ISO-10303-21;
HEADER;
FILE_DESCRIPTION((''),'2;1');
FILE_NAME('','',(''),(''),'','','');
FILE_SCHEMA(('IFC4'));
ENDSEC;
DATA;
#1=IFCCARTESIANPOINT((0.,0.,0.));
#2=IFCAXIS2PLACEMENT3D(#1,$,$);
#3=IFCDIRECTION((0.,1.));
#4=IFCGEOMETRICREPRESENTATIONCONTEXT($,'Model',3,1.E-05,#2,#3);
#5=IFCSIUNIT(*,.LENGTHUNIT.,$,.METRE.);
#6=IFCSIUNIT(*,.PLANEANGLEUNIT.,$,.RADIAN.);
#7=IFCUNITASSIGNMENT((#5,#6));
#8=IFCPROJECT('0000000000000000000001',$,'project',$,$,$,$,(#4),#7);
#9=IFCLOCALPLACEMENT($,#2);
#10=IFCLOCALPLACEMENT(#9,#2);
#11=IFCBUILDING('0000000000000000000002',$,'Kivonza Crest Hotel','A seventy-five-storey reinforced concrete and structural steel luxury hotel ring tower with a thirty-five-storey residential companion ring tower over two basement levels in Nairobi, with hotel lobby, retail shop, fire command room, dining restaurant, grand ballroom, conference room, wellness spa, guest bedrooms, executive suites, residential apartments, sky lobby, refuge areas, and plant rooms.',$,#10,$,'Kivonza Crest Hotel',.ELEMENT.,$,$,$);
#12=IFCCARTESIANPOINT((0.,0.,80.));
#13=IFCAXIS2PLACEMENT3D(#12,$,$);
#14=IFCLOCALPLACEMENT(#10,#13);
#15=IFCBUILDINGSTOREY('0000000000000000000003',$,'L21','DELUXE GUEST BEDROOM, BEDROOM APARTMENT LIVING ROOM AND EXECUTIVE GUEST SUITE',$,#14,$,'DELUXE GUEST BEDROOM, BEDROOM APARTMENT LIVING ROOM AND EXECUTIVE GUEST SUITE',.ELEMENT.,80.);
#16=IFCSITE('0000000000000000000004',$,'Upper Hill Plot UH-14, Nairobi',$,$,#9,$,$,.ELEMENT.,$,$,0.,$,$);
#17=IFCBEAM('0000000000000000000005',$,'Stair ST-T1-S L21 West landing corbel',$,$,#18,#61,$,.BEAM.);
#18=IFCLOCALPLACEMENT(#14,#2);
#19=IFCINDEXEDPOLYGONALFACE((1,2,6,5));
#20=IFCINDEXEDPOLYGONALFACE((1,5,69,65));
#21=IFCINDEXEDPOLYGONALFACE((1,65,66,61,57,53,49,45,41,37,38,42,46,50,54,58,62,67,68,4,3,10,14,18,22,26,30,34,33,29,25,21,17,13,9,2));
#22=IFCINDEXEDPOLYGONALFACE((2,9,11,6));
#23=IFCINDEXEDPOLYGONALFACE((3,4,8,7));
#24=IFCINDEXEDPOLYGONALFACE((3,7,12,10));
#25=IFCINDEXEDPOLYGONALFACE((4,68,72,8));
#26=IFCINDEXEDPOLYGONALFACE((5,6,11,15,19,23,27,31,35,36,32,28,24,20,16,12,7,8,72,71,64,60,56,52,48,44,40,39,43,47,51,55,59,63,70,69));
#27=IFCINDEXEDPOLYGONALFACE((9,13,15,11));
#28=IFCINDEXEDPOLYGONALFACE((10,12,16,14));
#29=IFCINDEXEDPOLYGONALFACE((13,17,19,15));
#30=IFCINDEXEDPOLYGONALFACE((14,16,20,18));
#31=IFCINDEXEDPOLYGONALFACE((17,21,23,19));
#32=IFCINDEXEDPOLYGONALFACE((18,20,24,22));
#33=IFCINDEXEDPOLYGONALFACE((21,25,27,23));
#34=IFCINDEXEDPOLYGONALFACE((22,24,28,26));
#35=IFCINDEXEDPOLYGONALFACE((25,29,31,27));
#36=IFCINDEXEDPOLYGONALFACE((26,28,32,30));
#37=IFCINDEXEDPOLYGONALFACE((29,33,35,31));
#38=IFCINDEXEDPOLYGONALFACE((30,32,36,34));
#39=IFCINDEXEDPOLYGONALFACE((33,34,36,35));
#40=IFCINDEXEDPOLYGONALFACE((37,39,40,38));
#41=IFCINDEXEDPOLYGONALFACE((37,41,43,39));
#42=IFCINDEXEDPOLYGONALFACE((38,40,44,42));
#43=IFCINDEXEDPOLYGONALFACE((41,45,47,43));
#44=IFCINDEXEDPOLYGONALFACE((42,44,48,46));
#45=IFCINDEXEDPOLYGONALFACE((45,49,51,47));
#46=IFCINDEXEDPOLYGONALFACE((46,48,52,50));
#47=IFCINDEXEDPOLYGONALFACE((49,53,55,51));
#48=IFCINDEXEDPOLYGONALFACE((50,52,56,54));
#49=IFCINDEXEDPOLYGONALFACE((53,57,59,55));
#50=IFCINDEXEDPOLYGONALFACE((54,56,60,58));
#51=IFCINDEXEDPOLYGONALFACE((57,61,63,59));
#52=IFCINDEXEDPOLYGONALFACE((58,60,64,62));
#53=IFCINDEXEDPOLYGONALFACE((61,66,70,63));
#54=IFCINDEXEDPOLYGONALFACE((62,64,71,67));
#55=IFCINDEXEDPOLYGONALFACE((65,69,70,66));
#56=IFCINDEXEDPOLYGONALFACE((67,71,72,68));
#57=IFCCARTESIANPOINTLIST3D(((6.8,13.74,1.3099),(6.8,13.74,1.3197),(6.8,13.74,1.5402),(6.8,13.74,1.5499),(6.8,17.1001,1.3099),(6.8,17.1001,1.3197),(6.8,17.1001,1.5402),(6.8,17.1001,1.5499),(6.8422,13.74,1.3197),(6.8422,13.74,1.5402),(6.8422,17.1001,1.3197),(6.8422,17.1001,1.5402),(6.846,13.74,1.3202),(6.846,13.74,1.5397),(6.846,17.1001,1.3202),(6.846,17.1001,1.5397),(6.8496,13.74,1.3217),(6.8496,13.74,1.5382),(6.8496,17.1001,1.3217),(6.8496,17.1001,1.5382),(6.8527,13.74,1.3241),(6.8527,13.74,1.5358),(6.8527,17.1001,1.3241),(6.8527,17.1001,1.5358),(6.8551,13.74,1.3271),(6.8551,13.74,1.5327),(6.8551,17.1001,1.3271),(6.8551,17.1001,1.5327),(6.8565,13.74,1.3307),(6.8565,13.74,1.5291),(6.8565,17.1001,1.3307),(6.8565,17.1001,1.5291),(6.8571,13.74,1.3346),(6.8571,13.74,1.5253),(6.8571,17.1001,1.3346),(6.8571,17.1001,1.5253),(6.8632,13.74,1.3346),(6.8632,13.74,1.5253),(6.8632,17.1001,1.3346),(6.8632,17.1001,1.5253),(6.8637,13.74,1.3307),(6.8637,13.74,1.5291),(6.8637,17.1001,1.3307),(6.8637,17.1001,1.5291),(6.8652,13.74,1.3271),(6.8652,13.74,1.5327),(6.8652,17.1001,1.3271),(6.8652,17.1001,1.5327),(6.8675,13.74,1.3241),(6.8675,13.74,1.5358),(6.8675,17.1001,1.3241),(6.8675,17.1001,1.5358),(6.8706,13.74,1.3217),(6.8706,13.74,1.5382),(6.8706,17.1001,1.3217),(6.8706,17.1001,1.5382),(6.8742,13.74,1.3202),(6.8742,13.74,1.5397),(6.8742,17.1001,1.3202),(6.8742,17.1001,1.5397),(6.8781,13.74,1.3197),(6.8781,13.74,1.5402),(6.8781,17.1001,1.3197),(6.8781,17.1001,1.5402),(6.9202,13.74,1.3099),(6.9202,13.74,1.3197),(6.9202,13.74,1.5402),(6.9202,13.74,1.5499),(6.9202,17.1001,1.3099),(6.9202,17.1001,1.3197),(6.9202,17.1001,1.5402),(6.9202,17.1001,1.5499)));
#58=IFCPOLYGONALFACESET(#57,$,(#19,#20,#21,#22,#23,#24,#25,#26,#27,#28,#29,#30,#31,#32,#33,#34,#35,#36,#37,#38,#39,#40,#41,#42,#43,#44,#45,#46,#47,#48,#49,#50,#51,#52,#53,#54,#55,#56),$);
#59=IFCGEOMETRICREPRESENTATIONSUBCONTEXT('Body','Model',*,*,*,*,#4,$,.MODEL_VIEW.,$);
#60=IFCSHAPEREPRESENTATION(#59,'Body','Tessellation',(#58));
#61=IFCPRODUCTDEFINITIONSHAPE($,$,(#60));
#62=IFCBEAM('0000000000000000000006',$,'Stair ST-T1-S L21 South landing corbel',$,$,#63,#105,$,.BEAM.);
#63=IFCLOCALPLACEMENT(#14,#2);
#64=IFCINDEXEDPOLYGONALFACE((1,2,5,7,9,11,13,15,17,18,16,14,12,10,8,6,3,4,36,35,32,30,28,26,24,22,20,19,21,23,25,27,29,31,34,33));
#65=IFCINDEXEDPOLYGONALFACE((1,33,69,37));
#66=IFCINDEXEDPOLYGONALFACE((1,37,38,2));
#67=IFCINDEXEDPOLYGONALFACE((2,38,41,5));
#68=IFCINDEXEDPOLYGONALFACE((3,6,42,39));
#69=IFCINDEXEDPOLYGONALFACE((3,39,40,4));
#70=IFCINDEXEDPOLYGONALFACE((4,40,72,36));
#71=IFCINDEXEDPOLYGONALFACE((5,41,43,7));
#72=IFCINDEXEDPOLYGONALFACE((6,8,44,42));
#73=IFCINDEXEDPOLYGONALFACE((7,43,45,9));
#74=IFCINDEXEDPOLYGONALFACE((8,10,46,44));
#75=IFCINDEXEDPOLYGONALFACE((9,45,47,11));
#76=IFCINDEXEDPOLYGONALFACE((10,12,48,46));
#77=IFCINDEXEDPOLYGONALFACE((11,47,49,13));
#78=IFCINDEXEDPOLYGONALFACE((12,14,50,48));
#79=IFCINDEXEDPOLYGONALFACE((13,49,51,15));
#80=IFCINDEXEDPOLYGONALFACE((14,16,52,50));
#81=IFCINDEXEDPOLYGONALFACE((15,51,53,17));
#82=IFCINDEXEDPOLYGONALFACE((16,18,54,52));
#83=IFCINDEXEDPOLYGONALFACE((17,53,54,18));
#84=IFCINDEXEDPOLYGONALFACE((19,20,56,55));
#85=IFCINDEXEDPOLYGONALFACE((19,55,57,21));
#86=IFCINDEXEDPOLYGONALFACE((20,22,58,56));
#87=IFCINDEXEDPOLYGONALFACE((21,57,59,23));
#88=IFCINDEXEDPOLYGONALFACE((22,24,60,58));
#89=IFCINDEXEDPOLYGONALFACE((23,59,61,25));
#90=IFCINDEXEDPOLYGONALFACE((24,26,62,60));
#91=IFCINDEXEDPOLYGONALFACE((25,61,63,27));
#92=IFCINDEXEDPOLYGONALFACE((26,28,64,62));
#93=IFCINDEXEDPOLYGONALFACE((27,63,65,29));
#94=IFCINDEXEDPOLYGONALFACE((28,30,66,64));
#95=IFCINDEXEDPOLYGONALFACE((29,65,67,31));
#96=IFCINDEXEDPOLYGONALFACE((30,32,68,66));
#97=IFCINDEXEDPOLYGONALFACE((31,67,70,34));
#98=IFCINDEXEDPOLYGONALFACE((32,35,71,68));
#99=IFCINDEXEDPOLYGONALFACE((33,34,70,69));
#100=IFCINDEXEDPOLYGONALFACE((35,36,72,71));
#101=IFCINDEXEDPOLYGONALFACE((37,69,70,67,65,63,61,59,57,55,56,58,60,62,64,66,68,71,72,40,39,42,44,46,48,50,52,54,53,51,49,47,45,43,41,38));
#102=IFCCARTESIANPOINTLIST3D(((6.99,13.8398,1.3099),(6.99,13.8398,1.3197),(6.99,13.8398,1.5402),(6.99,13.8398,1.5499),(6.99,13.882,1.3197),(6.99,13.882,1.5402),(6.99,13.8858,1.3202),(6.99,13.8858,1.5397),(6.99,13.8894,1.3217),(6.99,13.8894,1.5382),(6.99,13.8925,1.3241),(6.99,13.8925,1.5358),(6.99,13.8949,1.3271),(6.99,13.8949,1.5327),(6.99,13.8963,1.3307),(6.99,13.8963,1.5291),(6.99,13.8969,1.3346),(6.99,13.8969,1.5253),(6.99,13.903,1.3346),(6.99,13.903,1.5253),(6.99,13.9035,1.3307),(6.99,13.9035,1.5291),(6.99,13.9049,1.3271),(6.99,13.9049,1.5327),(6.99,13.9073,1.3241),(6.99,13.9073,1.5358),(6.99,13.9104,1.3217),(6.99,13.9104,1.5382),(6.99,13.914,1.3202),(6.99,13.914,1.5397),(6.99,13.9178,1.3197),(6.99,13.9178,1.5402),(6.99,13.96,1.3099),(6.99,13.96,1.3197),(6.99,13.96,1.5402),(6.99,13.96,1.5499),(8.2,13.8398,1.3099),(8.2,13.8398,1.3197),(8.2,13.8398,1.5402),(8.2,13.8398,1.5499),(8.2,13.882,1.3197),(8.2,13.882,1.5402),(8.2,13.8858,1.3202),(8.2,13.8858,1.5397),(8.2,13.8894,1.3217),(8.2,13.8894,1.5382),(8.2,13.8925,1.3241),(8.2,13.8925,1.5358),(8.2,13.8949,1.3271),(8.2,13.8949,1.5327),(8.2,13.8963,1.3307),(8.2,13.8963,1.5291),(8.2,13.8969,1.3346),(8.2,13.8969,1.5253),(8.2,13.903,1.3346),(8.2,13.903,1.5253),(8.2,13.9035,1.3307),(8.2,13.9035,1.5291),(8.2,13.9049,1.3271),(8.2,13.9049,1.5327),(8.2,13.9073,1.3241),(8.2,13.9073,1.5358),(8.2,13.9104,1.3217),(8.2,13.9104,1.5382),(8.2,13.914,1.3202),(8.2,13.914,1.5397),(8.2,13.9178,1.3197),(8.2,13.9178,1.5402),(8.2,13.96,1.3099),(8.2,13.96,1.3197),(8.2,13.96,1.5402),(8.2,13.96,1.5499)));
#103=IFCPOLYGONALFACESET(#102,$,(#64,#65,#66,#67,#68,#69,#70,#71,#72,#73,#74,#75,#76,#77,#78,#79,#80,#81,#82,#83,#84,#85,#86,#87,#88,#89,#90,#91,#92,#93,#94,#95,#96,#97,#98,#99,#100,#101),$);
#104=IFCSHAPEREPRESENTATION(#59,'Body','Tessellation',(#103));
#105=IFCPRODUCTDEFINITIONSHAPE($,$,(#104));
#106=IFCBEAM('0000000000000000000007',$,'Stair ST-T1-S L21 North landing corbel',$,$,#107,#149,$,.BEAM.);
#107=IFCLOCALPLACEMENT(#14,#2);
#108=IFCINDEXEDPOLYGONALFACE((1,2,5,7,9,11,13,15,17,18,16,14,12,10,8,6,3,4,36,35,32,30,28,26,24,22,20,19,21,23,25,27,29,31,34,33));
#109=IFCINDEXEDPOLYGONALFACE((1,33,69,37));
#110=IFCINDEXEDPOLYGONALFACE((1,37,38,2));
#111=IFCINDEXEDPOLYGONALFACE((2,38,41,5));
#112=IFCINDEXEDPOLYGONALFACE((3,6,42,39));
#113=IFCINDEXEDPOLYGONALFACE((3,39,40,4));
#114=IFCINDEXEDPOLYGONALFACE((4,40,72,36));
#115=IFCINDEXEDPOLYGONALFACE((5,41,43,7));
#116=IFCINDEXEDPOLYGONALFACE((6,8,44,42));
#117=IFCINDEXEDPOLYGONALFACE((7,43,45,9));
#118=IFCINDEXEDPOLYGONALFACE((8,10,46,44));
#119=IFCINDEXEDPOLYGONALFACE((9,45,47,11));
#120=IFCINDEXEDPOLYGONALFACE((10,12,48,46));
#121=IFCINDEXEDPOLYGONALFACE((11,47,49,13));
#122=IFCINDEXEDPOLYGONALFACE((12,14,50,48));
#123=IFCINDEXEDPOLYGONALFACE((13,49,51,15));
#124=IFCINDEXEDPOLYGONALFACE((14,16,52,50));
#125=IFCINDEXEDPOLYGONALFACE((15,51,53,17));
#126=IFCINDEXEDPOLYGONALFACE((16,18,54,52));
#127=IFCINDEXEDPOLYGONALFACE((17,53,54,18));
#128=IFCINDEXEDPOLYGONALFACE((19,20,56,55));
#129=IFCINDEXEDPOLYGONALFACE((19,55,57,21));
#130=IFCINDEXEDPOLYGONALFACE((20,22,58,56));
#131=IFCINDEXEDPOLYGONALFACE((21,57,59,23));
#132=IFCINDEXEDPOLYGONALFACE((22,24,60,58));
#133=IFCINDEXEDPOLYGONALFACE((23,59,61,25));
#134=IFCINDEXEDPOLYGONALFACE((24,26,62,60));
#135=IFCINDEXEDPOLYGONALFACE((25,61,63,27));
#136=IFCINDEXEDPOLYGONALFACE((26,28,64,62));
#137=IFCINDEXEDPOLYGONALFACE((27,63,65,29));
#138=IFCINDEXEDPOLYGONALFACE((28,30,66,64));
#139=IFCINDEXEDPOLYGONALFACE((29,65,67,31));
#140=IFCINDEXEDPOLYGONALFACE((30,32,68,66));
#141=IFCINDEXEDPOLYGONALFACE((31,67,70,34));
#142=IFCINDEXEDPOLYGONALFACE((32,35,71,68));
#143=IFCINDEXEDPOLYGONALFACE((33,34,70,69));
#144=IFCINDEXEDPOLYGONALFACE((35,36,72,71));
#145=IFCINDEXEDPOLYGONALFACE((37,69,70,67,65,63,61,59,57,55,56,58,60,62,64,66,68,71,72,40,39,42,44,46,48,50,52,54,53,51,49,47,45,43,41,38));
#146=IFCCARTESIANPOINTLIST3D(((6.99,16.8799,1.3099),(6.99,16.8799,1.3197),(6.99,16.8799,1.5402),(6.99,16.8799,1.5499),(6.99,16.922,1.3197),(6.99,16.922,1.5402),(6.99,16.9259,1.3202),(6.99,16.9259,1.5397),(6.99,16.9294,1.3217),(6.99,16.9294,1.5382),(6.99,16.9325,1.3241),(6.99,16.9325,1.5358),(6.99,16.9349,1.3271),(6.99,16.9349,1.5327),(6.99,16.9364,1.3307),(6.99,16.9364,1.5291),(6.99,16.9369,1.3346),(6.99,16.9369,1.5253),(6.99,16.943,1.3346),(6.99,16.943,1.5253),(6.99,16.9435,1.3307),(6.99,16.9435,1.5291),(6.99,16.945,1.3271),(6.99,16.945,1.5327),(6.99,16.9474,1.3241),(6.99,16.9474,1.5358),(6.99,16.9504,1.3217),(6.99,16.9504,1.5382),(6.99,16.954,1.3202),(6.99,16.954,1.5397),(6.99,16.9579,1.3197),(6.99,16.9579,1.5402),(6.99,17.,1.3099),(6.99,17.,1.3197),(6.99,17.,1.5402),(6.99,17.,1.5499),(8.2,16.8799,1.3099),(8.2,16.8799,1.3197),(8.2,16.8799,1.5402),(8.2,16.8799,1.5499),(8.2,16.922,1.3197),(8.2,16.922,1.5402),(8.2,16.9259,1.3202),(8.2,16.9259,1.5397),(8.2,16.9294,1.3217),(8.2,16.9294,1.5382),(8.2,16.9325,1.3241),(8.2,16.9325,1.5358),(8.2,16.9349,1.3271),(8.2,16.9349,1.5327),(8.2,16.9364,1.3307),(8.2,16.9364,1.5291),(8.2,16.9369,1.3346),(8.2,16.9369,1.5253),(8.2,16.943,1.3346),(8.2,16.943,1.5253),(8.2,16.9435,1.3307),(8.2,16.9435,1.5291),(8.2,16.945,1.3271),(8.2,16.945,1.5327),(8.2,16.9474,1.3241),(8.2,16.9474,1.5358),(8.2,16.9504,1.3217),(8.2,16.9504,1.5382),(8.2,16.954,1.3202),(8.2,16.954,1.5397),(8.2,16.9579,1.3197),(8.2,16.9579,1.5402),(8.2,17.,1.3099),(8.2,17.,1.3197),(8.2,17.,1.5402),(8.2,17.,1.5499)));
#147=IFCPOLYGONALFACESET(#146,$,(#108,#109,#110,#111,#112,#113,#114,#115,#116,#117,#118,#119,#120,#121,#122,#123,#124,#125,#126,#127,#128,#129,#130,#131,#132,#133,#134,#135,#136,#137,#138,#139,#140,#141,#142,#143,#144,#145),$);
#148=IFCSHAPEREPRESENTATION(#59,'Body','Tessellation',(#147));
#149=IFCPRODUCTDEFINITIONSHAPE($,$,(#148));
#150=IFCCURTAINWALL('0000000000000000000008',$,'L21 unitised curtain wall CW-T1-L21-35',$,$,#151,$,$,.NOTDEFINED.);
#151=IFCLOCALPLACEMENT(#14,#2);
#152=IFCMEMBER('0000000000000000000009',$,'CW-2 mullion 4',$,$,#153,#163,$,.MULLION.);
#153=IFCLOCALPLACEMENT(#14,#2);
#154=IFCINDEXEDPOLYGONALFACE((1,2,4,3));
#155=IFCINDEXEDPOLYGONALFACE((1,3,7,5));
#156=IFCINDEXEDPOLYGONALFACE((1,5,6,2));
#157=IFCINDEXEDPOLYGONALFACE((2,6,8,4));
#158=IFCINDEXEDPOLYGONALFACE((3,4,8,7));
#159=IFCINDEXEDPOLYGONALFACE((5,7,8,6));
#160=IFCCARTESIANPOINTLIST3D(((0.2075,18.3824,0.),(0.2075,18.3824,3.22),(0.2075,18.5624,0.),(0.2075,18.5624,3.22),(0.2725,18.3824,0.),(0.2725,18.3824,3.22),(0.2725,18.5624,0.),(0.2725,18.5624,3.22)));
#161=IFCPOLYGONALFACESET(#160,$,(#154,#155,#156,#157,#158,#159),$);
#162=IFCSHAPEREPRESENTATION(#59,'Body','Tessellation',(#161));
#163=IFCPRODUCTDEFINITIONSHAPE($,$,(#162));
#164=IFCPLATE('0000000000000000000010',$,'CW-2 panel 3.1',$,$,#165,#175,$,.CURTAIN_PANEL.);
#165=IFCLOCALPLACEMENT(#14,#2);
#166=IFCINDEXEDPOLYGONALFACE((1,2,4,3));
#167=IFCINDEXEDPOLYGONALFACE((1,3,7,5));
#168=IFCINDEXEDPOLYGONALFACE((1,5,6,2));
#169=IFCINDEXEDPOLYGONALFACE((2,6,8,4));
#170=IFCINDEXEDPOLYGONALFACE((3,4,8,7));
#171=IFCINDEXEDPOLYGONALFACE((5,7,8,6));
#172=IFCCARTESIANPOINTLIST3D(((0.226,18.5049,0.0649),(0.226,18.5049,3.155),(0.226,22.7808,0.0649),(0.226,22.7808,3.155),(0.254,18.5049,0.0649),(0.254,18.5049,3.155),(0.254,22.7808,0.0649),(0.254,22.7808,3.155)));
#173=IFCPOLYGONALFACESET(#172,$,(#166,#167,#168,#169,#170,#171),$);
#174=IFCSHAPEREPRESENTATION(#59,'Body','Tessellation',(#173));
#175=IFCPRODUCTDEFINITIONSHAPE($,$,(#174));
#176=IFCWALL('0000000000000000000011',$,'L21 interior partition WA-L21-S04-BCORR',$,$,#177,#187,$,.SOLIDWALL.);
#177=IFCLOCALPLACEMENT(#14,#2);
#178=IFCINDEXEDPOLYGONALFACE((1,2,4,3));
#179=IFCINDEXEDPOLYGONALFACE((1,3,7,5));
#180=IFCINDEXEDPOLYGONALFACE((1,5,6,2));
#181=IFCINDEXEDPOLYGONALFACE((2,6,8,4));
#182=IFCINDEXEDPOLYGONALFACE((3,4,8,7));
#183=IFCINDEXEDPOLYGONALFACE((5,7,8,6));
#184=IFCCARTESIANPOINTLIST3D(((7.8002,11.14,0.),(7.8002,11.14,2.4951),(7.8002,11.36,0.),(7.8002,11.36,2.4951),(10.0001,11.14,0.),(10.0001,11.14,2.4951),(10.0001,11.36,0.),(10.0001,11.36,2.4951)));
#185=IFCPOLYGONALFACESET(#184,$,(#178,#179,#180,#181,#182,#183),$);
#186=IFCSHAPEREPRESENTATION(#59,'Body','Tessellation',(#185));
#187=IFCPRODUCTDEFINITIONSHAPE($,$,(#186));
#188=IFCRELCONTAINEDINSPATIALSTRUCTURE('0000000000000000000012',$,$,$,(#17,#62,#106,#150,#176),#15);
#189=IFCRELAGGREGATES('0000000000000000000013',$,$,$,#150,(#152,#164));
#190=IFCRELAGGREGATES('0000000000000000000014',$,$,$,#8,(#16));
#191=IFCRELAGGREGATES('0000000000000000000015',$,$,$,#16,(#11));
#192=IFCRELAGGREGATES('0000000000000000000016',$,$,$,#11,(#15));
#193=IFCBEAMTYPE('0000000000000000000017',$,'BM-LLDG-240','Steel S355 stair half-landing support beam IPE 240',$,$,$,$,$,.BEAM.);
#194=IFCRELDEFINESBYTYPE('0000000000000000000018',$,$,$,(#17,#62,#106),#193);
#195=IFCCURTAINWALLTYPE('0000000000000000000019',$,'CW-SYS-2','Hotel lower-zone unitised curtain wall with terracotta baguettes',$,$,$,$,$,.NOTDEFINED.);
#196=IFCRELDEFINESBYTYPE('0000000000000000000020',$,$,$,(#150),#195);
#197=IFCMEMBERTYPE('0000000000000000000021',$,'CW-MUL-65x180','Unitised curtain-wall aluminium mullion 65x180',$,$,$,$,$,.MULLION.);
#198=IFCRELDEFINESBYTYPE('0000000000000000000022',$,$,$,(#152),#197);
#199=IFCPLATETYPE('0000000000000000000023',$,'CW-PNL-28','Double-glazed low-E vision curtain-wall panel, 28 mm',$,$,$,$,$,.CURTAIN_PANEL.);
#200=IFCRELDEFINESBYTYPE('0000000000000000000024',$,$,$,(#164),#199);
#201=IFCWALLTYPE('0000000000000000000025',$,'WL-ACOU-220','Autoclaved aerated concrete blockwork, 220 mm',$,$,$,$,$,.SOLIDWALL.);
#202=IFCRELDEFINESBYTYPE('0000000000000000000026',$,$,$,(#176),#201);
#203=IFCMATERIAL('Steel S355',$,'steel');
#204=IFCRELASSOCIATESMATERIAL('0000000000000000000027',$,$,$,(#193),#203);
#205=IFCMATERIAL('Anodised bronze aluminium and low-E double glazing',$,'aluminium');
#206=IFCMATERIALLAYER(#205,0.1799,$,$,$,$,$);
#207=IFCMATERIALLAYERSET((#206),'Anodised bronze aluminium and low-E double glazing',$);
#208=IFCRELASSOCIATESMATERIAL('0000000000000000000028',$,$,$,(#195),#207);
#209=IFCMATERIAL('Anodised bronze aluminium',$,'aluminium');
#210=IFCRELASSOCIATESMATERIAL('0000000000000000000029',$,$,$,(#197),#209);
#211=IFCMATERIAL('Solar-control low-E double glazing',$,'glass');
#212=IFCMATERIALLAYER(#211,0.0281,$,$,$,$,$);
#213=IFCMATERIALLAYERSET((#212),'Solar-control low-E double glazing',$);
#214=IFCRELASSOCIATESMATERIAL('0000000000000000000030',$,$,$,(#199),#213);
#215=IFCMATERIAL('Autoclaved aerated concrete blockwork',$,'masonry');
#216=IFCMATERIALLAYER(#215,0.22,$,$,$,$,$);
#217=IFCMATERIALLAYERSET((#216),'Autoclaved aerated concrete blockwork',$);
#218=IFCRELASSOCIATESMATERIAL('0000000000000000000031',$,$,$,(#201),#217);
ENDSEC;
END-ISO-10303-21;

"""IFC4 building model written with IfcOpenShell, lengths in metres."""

from ifc_helpers import new_model, si_unit, direction, frame, frame_2d, origin, origin_2d, place, context, subcontext, project, spatial, rectangle, i_section, extrude, material, layer, layer_set, material_profile, profile_set, type_object, element, aggregate, save


model = new_model("IFC4")

# Units and contexts
model_context = context("Model", 3, precision=1e-05, world=origin(), true_north=direction((0.0, 1.0)))
body_context = subcontext(model_context, "Body", "Model", "MODEL_VIEW")
ifc_project = project(units=[si_unit("LENGTHUNIT", "METRE"), si_unit("PLANEANGLEUNIT", "RADIAN")], contexts=[model_context])

# Site, building, storey
site_placement = place(None, origin())
site = spatial("IfcSite", under=ifc_project, at=site_placement, Name="Upper Hill Plot UH-14, Nairobi", CompositionType="ELEMENT", RefElevation=0.0)
building_placement = place(site_placement, origin())
building = spatial("IfcBuilding", under=site, at=building_placement, Name="Kivonza Crest Hotel", Description="A seventy-five-storey reinforced concrete and structural steel luxury hotel ring tower with a thirty-five-storey residential companion ring tower over two basement levels in Nairobi, with hotel lobby, retail shop, fire command room, dining restaurant, grand ballroom, conference room, wellness spa, guest bedrooms, executive suites, residential apartments, sky lobby, refuge areas, and plant rooms.", LongName="Kivonza Crest Hotel", CompositionType="ELEMENT")
storey_placement = place(building_placement, frame((0.0, 0.0, 80.0)))
storey = spatial("IfcBuildingStorey", under=building, at=storey_placement, Name="L21", Description="DELUXE GUEST BEDROOM, BEDROOM APARTMENT LIVING ROOM AND EXECUTIVE GUEST SUITE", LongName="DELUXE GUEST BEDROOM, BEDROOM APARTMENT LIVING ROOM AND EXECUTIVE GUEST SUITE", CompositionType="ELEMENT", Elevation=80.0)

# Beams
ifc_material_1 = material(Name="Steel S355", Category="steel")
ifc_material_profile_1 = material_profile(ifc_material_1, i_section(OverallWidth=0.1201, OverallDepth=0.24, WebThickness=0.0061, FlangeThickness=0.0098, FilletRadius=0.0149, at=origin_2d()), Name="IPE 240")
ifc_profile_set_1 = profile_set([ifc_material_profile_1], Name="Steel S355")
beam_type_1 = type_object("IfcBeamType", Name="BM-LLDG-240", Description="Steel S355 stair half-landing support beam IPE 240", PredefinedType="BEAM", material=ifc_profile_set_1)
beam_1_placement = place(storey_placement, frame((6.8601, 13.74, 1.4299), z_axis=(0.0, 1.0, 0.0), x_axis=(-1.0, 0.0, 0.0)))
element("IfcBeam", 1, at=beam_1_placement, inside=storey, type_object=beam_type_1, Name="Stair ST-T1-S L21 West landing corbel", PredefinedType="BEAM", context=body_context, shape_type="SweptSolid", body=[
    extrude(i_section(OverallWidth=0.1201, OverallDepth=0.24, WebThickness=0.0061, FlangeThickness=0.0098, FilletRadius=0.0149, at=origin_2d()), origin(), (0.0, 0.0, 1.0), 3.3601),
])
for number, where, z_axis, x_axis, name in (
    (2, (6.99, 13.8999, 1.4299), (1.0, 0.0, 0.0), (0.0, 1.0, 0.0), "Stair ST-T1-S L21 South landing corbel"),
    (3, (6.99, 16.9399, 1.4299), (1.0, 0.0, 0.0), (0.0, 1.0, 0.0), "Stair ST-T1-S L21 North landing corbel"),
):
    element("IfcBeam", number, at=place(storey_placement, frame(where, z_axis=z_axis, x_axis=x_axis)), inside=storey, type_object=beam_type_1, Name=name, PredefinedType="BEAM", context=body_context, shape_type="SweptSolid", body=[
        extrude(i_section(OverallWidth=0.1201, OverallDepth=0.24, WebThickness=0.0061, FlangeThickness=0.0098, FilletRadius=0.0149, at=origin_2d()), origin(), (0.0, 0.0, 1.0), 1.21),
    ])

# Curtain wall, member, plate
ifc_material_2 = material(Name="Anodised bronze aluminium and low-E double glazing", Category="aluminium")
ifc_layer_1 = layer(ifc_material_2, 0.1799)
ifc_layer_set_1 = layer_set([ifc_layer_1], Name="Anodised bronze aluminium and low-E double glazing")
curtain_wall_type = type_object("IfcCurtainWallType", Name="CW-SYS-2", Description="Hotel lower-zone unitised curtain wall with terracotta baguettes", PredefinedType="NOTDEFINED", material=ifc_layer_set_1)
curtain_wall_placement = place(storey_placement, origin())
curtain_wall = element("IfcCurtainWall", 4, at=curtain_wall_placement, inside=storey, type_object=curtain_wall_type, Name="L21 unitised curtain wall CW-T1-L21-35", PredefinedType="NOTDEFINED")
ifc_material_3 = material(Name="Anodised bronze aluminium", Category="aluminium")
ifc_material_profile_2 = material_profile(ifc_material_3, rectangle(XDim=0.0649, YDim=0.1799, at=origin_2d()), Name="CW-M 65x180")
ifc_profile_set_2 = profile_set([ifc_material_profile_2], Name="Anodised bronze aluminium")
member_type = type_object("IfcMemberType", Name="CW-MUL-65x180", Description="Unitised curtain-wall aluminium mullion 65x180", PredefinedType="MULLION", material=ifc_profile_set_2)
member_placement = place(storey_placement, frame((0.24, 18.4724, 0.0), z_axis=(0.0, 0.0, 1.0), x_axis=(1.0, 0.0, 0.0)))
member = element("IfcMember", 5, at=member_placement, type_object=member_type, Name="CW-2 mullion 4", PredefinedType="MULLION", context=body_context, shape_type="SweptSolid", body=[
    extrude(rectangle(XDim=0.0649, YDim=0.1799, at=origin_2d()), origin(), (0.0, 0.0, 1.0), 3.22),
])
ifc_material_4 = material(Name="Solar-control low-E double glazing", Category="glass")
ifc_layer_2 = layer(ifc_material_4, 0.0281)
ifc_layer_set_2 = layer_set([ifc_layer_2], Name="Solar-control low-E double glazing")
plate_type = type_object("IfcPlateType", Name="CW-PNL-28", Description="Double-glazed low-E vision curtain-wall panel, 28 mm", PredefinedType="CURTAIN_PANEL", material=ifc_layer_set_2)
plate_placement = place(storey_placement, frame((0.24, 20.6428, 0.0649), z_axis=(0.0, 0.0, 1.0), x_axis=(0.0, -1.0, 0.0)))
plate = element("IfcPlate", 6, at=plate_placement, type_object=plate_type, Name="CW-2 panel 3.1", PredefinedType="CURTAIN_PANEL", context=body_context, shape_type="SweptSolid", body=[
    extrude(rectangle(XDim=4.2759, YDim=0.0281, at=origin_2d()), origin(), (0.0, 0.0, 1.0), 3.0901),
])
aggregate(curtain_wall, [member, plate])

# Wall
ifc_material_5 = material(Name="Autoclaved aerated concrete blockwork", Category="masonry")
ifc_layer_3 = layer(ifc_material_5, 0.22)
ifc_layer_set_3 = layer_set([ifc_layer_3], Name="Autoclaved aerated concrete blockwork")
wall_type_1 = type_object("IfcWallType", Name="WL-ACOU-220", Description="Autoclaved aerated concrete blockwork, 220 mm", PredefinedType="SOLIDWALL", material=ifc_layer_set_3)
wall_1_placement = place(storey_placement, frame((7.8, 11.25, 0.0), z_axis=(0.0, 0.0, 1.0), x_axis=(1.0, 0.0, 0.0)))
element("IfcWall", 7, at=wall_1_placement, inside=storey, type_object=wall_type_1, Name="L21 interior partition WA-L21-S04-BCORR", PredefinedType="SOLIDWALL", context=body_context, shape_type="SweptSolid", body=[
    extrude(rectangle(XDim=2.2, YDim=0.22, at=frame_2d((1.1001, 0.0))), origin(), (0.0, 0.0, 1.0), 2.4951),
])

save(model, "model.ifc")
